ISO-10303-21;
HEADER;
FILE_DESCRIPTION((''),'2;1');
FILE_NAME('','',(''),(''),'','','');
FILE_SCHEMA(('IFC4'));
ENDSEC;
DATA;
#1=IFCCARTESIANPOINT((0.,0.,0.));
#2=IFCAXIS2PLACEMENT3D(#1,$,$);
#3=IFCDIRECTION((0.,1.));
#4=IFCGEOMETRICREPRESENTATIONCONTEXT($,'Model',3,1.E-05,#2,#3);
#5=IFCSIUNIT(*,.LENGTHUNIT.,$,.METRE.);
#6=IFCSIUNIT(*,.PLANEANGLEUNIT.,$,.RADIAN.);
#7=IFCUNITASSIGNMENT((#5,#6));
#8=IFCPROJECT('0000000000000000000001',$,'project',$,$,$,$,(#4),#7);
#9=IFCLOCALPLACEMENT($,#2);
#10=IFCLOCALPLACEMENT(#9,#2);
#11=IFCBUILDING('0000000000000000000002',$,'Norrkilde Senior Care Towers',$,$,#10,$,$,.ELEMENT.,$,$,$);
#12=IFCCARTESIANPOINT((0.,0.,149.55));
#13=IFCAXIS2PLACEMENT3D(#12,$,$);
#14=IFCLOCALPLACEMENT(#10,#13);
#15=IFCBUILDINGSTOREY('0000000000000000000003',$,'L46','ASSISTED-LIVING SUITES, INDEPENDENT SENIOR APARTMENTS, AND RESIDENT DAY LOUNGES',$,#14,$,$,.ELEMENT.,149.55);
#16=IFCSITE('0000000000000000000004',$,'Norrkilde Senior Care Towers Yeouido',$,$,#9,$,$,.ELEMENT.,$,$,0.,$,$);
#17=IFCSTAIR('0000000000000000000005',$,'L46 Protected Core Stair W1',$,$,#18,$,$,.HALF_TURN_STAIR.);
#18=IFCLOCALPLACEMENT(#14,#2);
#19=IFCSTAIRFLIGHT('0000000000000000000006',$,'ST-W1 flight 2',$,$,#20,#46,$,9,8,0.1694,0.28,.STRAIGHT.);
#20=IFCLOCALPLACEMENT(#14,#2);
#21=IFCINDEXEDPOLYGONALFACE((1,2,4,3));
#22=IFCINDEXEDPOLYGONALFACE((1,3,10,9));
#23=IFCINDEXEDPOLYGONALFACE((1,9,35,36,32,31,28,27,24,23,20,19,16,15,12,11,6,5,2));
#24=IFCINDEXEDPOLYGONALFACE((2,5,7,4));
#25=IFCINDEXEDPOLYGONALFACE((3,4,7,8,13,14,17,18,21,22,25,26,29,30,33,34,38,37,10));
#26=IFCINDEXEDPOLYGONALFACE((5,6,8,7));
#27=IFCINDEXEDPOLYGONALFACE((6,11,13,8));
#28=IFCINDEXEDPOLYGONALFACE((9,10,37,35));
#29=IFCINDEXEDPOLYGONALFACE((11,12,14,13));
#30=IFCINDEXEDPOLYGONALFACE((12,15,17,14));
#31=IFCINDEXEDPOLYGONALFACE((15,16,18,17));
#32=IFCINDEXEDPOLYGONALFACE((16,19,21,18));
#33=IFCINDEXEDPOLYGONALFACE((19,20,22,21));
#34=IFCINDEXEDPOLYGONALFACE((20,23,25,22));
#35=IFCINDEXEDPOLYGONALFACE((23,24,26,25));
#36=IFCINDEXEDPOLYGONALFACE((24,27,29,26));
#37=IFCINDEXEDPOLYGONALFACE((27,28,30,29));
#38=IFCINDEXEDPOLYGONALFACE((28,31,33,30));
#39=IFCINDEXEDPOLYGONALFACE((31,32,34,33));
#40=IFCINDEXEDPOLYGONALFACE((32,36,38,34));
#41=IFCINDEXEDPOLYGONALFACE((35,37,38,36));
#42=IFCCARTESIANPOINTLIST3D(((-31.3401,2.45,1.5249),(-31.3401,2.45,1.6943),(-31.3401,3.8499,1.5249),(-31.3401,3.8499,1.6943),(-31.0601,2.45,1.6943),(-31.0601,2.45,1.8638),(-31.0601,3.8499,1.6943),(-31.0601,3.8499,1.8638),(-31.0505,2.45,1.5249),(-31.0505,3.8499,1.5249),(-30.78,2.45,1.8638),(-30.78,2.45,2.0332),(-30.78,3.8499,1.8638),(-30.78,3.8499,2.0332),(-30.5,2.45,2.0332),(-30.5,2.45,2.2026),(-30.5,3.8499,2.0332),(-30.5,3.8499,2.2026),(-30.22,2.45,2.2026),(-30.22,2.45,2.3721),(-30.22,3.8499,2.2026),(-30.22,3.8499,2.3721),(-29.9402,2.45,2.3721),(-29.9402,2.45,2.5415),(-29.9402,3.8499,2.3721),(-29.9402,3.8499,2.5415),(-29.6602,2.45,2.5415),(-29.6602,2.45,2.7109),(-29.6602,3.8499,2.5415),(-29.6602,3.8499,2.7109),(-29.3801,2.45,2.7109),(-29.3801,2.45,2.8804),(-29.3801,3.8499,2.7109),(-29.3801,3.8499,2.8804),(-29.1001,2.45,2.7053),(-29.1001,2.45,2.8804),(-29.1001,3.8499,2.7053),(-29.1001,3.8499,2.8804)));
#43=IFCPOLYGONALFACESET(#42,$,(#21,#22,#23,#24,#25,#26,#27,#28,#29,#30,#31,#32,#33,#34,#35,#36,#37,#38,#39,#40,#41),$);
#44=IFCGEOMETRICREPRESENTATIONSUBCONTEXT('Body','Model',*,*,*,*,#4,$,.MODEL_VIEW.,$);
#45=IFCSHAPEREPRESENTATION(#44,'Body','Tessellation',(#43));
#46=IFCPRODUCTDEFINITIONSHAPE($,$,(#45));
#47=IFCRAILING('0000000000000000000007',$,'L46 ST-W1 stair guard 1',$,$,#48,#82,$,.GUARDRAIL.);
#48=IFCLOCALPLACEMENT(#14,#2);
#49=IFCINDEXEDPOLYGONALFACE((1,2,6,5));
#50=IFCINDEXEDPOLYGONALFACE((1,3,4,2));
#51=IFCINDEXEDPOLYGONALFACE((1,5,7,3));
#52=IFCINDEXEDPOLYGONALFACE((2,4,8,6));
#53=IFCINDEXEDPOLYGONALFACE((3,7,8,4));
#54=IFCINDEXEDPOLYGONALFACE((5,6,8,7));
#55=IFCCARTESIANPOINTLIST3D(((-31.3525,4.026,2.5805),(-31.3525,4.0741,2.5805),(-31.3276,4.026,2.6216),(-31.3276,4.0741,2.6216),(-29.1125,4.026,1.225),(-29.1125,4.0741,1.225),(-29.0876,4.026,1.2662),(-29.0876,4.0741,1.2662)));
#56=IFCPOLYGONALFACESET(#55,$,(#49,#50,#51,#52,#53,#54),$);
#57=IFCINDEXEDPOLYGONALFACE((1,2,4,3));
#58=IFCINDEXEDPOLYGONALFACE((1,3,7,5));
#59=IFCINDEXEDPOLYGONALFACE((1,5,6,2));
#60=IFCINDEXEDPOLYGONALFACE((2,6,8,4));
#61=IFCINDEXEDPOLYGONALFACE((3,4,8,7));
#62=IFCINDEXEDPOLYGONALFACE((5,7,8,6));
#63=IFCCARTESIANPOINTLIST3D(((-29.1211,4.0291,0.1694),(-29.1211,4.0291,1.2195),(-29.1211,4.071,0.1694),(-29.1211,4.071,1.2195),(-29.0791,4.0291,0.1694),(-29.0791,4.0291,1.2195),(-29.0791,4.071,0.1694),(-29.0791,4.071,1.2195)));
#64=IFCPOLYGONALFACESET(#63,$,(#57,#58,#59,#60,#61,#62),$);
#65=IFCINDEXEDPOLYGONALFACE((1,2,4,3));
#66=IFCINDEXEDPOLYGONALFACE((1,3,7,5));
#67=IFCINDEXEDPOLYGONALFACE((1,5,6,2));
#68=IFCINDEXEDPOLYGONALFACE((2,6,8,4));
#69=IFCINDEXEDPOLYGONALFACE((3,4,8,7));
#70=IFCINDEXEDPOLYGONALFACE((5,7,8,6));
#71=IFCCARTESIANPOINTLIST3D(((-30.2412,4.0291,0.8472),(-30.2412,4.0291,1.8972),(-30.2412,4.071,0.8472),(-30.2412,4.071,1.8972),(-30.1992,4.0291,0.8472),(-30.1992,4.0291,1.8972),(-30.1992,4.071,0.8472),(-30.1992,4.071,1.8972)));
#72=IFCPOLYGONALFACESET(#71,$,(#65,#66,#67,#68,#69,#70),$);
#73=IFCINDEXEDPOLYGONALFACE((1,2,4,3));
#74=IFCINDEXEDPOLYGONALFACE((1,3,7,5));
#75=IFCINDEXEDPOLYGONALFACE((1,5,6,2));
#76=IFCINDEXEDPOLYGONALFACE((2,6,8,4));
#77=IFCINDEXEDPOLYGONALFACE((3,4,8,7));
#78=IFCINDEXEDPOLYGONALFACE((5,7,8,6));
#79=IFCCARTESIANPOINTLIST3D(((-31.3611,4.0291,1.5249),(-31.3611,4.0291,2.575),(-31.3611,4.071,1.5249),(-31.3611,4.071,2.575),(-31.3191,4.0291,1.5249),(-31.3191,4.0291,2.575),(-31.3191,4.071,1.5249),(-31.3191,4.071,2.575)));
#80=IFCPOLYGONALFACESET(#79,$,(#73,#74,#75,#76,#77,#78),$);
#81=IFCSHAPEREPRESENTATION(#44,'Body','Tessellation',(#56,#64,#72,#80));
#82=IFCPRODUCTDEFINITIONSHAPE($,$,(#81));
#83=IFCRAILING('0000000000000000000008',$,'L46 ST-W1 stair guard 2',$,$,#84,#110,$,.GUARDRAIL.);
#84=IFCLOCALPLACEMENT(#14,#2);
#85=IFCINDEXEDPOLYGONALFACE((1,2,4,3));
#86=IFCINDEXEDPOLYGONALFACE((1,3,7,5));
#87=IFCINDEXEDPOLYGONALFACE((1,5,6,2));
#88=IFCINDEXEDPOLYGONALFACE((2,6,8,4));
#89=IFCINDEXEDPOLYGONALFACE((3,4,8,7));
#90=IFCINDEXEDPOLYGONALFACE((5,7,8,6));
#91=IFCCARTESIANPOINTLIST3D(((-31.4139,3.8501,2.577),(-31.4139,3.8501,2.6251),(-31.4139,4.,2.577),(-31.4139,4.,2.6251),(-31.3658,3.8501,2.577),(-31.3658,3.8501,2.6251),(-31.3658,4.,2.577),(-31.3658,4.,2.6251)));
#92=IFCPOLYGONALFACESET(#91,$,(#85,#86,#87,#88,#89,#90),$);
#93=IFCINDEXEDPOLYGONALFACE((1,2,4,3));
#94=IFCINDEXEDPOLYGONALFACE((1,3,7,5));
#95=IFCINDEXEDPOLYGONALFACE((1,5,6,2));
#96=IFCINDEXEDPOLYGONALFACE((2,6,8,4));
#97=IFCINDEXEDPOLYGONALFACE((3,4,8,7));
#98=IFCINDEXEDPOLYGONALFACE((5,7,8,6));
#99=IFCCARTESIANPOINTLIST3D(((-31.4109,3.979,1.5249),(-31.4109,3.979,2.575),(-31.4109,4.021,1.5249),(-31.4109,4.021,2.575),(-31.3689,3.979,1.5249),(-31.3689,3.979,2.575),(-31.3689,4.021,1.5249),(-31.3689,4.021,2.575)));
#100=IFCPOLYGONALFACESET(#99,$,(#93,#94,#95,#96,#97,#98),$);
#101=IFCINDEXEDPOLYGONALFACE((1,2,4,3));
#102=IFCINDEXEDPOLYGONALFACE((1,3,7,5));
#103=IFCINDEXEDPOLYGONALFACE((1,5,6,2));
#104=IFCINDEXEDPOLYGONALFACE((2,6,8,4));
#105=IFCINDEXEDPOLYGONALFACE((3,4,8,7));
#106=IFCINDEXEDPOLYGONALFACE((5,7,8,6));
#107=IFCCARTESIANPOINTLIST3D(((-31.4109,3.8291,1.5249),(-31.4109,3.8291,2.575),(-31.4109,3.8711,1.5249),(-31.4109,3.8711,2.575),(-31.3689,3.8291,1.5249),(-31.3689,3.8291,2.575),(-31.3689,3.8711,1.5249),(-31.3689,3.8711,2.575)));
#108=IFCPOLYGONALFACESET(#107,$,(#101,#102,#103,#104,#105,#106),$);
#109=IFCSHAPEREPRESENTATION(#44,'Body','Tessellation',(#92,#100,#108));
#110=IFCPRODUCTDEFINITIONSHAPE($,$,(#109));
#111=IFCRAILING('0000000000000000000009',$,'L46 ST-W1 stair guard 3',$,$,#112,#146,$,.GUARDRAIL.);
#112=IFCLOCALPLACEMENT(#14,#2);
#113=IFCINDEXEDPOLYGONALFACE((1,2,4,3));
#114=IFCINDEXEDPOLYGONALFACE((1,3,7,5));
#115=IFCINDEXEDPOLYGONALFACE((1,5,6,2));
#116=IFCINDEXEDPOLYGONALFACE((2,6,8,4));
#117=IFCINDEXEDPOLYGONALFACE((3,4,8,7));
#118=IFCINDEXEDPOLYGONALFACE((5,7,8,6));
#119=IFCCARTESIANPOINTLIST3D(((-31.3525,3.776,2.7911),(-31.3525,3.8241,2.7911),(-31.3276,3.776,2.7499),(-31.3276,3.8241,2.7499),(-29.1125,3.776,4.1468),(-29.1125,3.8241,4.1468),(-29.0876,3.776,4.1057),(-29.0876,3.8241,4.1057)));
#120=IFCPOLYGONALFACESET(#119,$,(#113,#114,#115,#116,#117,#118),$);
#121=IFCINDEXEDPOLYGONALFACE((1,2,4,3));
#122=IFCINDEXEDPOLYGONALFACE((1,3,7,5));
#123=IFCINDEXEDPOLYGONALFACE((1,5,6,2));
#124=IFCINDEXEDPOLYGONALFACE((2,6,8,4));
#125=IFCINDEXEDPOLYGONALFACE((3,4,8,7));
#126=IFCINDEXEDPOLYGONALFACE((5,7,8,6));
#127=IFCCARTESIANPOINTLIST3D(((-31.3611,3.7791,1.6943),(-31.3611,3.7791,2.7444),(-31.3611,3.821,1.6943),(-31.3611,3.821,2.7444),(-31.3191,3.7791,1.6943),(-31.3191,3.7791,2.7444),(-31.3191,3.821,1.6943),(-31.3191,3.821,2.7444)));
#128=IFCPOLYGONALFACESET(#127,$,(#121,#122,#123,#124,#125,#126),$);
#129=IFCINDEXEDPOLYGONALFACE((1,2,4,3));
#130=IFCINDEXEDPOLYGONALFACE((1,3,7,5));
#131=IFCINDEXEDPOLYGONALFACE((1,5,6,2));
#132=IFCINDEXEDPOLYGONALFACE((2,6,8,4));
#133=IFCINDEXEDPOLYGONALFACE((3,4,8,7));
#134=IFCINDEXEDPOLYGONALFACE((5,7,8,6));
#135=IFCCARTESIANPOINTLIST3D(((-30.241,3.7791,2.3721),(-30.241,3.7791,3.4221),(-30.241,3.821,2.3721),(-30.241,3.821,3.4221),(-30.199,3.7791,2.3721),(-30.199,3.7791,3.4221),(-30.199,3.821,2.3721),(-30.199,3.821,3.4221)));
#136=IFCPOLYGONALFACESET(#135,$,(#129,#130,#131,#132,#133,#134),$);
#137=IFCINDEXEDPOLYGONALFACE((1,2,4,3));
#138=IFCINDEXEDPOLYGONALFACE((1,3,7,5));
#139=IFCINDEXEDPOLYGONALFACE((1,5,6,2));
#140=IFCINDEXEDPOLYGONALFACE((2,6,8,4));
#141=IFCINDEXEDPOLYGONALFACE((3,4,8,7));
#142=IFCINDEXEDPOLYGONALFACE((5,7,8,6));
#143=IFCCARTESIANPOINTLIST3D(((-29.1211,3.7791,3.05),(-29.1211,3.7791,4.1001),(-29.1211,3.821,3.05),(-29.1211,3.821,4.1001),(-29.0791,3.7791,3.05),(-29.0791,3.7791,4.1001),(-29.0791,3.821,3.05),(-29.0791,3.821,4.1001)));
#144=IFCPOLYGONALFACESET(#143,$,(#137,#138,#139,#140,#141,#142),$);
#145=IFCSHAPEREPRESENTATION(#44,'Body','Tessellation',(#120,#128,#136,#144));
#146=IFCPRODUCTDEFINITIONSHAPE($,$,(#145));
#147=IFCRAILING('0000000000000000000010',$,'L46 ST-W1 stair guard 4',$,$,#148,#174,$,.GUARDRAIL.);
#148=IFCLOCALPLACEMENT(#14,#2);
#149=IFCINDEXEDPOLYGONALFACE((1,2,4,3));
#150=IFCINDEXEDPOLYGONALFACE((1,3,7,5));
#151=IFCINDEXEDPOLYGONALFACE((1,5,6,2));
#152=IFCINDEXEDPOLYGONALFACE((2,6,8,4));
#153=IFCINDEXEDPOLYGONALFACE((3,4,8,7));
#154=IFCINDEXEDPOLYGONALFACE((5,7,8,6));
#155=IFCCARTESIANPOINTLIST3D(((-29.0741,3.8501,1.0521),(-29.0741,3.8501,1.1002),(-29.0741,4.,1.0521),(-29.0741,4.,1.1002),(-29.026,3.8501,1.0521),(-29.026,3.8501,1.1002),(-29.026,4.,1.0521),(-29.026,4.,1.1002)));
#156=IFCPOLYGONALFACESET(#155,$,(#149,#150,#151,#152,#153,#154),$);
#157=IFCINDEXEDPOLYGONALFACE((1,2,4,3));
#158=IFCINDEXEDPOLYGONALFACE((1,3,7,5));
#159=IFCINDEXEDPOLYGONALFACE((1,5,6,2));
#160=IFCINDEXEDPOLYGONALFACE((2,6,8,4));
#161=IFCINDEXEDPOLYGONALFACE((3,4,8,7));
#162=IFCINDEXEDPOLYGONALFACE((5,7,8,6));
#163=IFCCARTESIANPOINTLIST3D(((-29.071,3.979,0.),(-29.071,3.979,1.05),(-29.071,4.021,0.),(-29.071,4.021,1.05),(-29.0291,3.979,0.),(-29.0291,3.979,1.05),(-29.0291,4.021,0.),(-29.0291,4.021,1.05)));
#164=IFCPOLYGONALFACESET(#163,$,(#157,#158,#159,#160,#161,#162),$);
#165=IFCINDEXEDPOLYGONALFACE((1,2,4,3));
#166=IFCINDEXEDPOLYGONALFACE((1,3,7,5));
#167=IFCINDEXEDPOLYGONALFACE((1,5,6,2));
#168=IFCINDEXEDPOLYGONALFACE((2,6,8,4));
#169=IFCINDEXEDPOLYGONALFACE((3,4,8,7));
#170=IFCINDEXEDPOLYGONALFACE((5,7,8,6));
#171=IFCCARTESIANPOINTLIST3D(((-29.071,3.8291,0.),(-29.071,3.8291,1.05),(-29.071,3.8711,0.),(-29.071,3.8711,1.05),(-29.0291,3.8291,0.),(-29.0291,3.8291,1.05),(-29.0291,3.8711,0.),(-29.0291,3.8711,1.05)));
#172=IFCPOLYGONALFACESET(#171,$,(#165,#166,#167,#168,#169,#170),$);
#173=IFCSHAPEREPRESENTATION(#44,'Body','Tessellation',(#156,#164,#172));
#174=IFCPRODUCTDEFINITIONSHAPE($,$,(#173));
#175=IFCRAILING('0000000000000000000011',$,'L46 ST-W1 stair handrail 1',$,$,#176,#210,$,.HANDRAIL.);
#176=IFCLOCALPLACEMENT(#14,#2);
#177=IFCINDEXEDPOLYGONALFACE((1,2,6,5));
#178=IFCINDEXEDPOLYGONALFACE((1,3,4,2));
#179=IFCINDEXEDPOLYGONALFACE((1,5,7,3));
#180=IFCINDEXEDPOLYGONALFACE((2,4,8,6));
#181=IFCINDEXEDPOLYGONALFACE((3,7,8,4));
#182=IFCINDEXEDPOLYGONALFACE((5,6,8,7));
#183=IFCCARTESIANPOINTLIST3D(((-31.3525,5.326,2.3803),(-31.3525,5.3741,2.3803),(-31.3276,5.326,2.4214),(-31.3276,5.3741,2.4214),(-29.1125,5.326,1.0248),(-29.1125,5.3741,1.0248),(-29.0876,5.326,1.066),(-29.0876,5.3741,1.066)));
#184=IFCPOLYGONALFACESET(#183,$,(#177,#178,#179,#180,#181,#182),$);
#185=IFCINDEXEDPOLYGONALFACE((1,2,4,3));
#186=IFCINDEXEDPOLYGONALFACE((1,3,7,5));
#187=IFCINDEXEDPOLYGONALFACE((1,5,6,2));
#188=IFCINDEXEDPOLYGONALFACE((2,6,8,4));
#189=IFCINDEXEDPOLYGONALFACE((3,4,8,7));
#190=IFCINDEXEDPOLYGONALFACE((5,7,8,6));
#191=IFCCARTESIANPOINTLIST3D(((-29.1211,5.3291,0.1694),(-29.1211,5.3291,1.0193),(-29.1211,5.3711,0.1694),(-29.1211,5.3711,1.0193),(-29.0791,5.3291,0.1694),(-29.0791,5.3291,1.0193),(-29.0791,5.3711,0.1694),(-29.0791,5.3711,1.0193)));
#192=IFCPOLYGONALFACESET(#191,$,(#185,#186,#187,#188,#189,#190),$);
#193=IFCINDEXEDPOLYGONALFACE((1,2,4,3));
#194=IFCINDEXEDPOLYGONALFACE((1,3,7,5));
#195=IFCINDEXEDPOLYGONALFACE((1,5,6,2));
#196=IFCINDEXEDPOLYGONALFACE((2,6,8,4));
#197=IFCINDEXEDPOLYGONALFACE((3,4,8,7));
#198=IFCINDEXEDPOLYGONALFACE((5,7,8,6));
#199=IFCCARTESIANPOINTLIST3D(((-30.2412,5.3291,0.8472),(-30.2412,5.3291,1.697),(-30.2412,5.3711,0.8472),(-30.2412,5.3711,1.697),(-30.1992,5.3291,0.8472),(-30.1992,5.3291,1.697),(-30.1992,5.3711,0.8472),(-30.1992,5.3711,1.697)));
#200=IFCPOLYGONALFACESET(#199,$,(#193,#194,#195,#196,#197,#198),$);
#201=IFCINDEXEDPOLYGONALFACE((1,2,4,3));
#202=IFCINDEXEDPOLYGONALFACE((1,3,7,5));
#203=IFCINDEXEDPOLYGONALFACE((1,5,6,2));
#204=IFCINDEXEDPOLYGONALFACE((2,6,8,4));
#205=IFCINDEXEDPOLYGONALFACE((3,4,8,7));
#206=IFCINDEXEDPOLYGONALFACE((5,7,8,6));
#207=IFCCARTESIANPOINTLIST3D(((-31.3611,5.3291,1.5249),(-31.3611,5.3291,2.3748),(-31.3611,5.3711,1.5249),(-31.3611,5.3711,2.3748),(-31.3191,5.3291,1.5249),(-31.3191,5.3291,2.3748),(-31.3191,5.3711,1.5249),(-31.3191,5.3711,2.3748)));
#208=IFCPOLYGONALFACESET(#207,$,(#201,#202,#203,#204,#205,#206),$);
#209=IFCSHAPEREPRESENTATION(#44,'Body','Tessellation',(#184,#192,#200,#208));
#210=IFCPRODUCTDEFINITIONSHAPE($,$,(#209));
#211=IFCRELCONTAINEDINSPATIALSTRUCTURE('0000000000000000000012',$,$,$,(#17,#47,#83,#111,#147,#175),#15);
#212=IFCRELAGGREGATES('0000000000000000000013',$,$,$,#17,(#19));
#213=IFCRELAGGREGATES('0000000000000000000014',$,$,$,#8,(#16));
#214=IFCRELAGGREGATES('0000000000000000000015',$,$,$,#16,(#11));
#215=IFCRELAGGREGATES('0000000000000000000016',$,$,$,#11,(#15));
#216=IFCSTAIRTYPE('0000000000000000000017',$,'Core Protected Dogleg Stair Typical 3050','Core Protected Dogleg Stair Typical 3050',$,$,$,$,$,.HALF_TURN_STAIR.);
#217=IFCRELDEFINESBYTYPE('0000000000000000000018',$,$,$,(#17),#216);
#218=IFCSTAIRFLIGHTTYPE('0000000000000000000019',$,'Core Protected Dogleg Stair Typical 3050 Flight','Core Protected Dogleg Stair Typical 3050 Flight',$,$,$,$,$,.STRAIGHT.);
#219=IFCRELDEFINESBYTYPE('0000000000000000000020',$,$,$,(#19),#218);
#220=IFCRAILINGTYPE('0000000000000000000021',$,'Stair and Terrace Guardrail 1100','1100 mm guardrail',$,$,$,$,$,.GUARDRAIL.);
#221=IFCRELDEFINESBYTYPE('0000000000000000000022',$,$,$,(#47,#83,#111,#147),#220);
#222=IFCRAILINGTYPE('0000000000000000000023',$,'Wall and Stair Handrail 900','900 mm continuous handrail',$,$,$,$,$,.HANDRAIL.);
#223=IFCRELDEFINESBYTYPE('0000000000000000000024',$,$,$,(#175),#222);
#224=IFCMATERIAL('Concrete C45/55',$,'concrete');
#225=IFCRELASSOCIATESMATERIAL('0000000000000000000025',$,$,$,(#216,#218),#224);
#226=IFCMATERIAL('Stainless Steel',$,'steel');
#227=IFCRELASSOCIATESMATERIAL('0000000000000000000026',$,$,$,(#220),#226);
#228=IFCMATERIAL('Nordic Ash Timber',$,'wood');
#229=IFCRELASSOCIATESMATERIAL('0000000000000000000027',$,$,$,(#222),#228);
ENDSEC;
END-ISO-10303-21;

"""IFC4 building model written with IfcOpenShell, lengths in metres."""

from ifc_helpers import new_model, si_unit, direction, frame, origin, origin_2d, place, context, subcontext, project, spatial, polyline, rectangle, outline, extrude, material, type_object, element, aggregate, save


model = new_model("IFC4")

# Units and contexts
model_context = context("Model", 3, precision=1e-05, world=origin(), true_north=direction((0.0, 1.0)))
body_context = subcontext(model_context, "Body", "Model", "MODEL_VIEW")
ifc_project = project(units=[si_unit("LENGTHUNIT", "METRE"), si_unit("PLANEANGLEUNIT", "RADIAN")], contexts=[model_context])

# Site, building, storey
site_placement = place(None, origin())
site = spatial("IfcSite", under=ifc_project, at=site_placement, Name="Norrkilde Senior Care Towers Yeouido", CompositionType="ELEMENT", RefElevation=0.0)
building_placement = place(site_placement, origin())
building = spatial("IfcBuilding", under=site, at=building_placement, Name="Norrkilde Senior Care Towers", CompositionType="ELEMENT")
storey_placement = place(building_placement, frame((0.0, 0.0, 149.55)))
storey = spatial("IfcBuildingStorey", under=building, at=storey_placement, Name="L46", Description="ASSISTED-LIVING SUITES, INDEPENDENT SENIOR APARTMENTS, AND RESIDENT DAY LOUNGES", CompositionType="ELEMENT", Elevation=149.55)

# Shared definitions
ifc_material_1 = material(Name="Concrete C45/55", Category="concrete")

# Stair, stair flight
stair_type = type_object("IfcStairType", Name="Core Protected Dogleg Stair Typical 3050", Description="Core Protected Dogleg Stair Typical 3050", PredefinedType="HALF_TURN_STAIR", material=ifc_material_1)
stair_placement = place(storey_placement, origin())
stair = element("IfcStair", 1, at=stair_placement, inside=storey, type_object=stair_type, Name="L46 Protected Core Stair W1", PredefinedType="HALF_TURN_STAIR")
stair_flight_type = type_object("IfcStairFlightType", Name="Core Protected Dogleg Stair Typical 3050 Flight", Description="Core Protected Dogleg Stair Typical 3050 Flight", PredefinedType="STRAIGHT", material=ifc_material_1)
stair_flight_1_placement = place(storey_placement, frame((-31.3401, 3.1499, 1.5249), z_axis=(0.0, 0.0, 1.0), x_axis=(1.0, 0.0, 0.0)))
stair_flight_1 = element("IfcStairFlight", 2, at=stair_flight_1_placement, type_object=stair_flight_type, Name="ST-W1 flight 2", NumberOfRisers=9, NumberOfTreads=8, PredefinedType="STRAIGHT", RiserHeight=0.1694, TreadLength=0.28, context=body_context, shape_type="SweptSolid", body=[
    extrude(outline(polyline([(0.0, 0.0), (0.0, 0.1694), (0.28, 0.1694), (0.28, 0.3389), (0.5601, 0.3389), (0.5601, 0.5083), (0.8401, 0.5083), (0.8401, 0.6777), (1.1201, 0.6777), (1.1201, 0.8472), (1.3999, 0.8472), (1.3999, 1.0166), (1.6799, 1.0166), (1.6799, 1.186), (1.96, 1.186), (1.96, 1.3555), (2.24, 1.3555), (2.24, 1.5249), (2.24, 1.1804), (0.2896, 0.0), (0.0, 0.0)])), frame((0.0, 0.7, 0.0), z_axis=(0.0, -1.0, 0.0), x_axis=(1.0, 0.0, 0.0)), (0.0, 0.0, 1.0), 1.3999),
])
aggregate(stair, [stair_flight_1])

# Railings
ifc_material_2 = material(Name="Stainless Steel", Category="steel")
railing_type_1 = type_object("IfcRailingType", Name="Stair and Terrace Guardrail 1100", Description="1100 mm guardrail", PredefinedType="GUARDRAIL", material=ifc_material_2)
railing_1_placement = place(storey_placement, frame((-29.1001, 4.05, 0.1694)))
element("IfcRailing", 3, at=railing_1_placement, inside=storey, type_object=railing_type_1, Name="L46 ST-W1 stair guard 1", PredefinedType="GUARDRAIL", context=body_context, shape_type="SweptSolid", body=[
    extrude(rectangle(XDim=0.0481, YDim=0.0481, at=origin_2d()), frame((0.0, 0.0, 1.0762), z_axis=(-0.855553, 0.0, 0.517715), x_axis=(0.0, -1.0, 0.0)), (0.0, 0.0, 1.0), 2.6182),
    extrude(rectangle(XDim=0.042, YDim=0.042, at=origin_2d()), origin(), (0.0, 0.0, 1.0), 1.05),
    extrude(rectangle(XDim=0.042, YDim=0.042, at=origin_2d()), frame((-1.1201, 0.0, 0.6777)), (0.0, 0.0, 1.0), 1.05),
    extrude(rectangle(XDim=0.042, YDim=0.042, at=origin_2d()), frame((-2.24, 0.0, 1.3555)), (0.0, 0.0, 1.0), 1.05),
])
railing_2_placement = place(storey_placement, frame((-31.3899, 4.0, 1.5249)))
element("IfcRailing", 4, at=railing_2_placement, inside=storey, type_object=railing_type_1, Name="L46 ST-W1 stair guard 2", PredefinedType="GUARDRAIL", context=body_context, shape_type="SweptSolid", body=[
    extrude(rectangle(XDim=0.0481, YDim=0.0481, at=origin_2d()), frame((0.0, 0.0, 1.0762), z_axis=(0.0, -1.0, 0.0), x_axis=(1.0, 0.0, 0.0)), (0.0, 0.0, 1.0), 0.1499),
    extrude(rectangle(XDim=0.042, YDim=0.042, at=origin_2d()), origin(), (0.0, 0.0, 1.0), 1.05),
    extrude(rectangle(XDim=0.042, YDim=0.042, at=origin_2d()), frame((0.0, -0.1499, 0.0)), (0.0, 0.0, 1.0), 1.05),
])
railing_3_placement = place(storey_placement, frame((-31.3401, 3.8, 1.6943)))
element("IfcRailing", 5, at=railing_3_placement, inside=storey, type_object=railing_type_1, Name="L46 ST-W1 stair guard 3", PredefinedType="GUARDRAIL", context=body_context, shape_type="SweptSolid", body=[
    extrude(rectangle(XDim=0.0481, YDim=0.0481, at=origin_2d()), frame((0.0, 0.0, 1.0762), z_axis=(0.855512, 0.0, 0.517783), x_axis=(0.0, 1.0, 0.0)), (0.0, 0.0, 1.0), 2.6184),
    extrude(rectangle(XDim=0.042, YDim=0.042, at=origin_2d()), origin(), (0.0, 0.0, 1.0), 1.05),
    extrude(rectangle(XDim=0.042, YDim=0.042, at=origin_2d()), frame((1.1201, 0.0, 0.6777)), (0.0, 0.0, 1.0), 1.05),
    extrude(rectangle(XDim=0.042, YDim=0.042, at=origin_2d()), frame((2.24, 0.0, 1.3557)), (0.0, 0.0, 1.0), 1.05),
])
railing_4_placement = place(storey_placement, frame((-29.05, 4.0, 0.0)))
element("IfcRailing", 6, at=railing_4_placement, inside=storey, type_object=railing_type_1, Name="L46 ST-W1 stair guard 4", PredefinedType="GUARDRAIL", context=body_context, shape_type="SweptSolid", body=[
    extrude(rectangle(XDim=0.0481, YDim=0.0481, at=origin_2d()), frame((0.0, 0.0, 1.0762), z_axis=(0.0, -1.0, 0.0), x_axis=(1.0, 0.0, 0.0)), (0.0, 0.0, 1.0), 0.1499),
    extrude(rectangle(XDim=0.042, YDim=0.042, at=origin_2d()), origin(), (0.0, 0.0, 1.0), 1.05),
    extrude(rectangle(XDim=0.042, YDim=0.042, at=origin_2d()), frame((0.0, -0.1499, 0.0)), (0.0, 0.0, 1.0), 1.05),
])
ifc_material_3 = material(Name="Nordic Ash Timber", Category="wood")
railing_type_2 = type_object("IfcRailingType", Name="Wall and Stair Handrail 900", Description="900 mm continuous handrail", PredefinedType="HANDRAIL", material=ifc_material_3)
railing_5_placement = place(storey_placement, frame((-29.1001, 5.3501, 0.1694)))
element("IfcRailing", 7, at=railing_5_placement, inside=storey, type_object=railing_type_2, Name="L46 ST-W1 stair handrail 1", PredefinedType="HANDRAIL", context=body_context, shape_type="SweptSolid", body=[
    extrude(rectangle(XDim=0.0481, YDim=0.0481, at=origin_2d()), frame((0.0, 0.0, 0.876), z_axis=(-0.855553, 0.0, 0.517715), x_axis=(0.0, -1.0, 0.0)), (0.0, 0.0, 1.0), 2.6182),
    extrude(rectangle(XDim=0.042, YDim=0.042, at=origin_2d()), origin(), (0.0, 0.0, 1.0), 0.8499),
    extrude(rectangle(XDim=0.042, YDim=0.042, at=origin_2d()), frame((-1.1201, 0.0, 0.6777)), (0.0, 0.0, 1.0), 0.8499),
    extrude(rectangle(XDim=0.042, YDim=0.042, at=origin_2d()), frame((-2.24, 0.0, 1.3555)), (0.0, 0.0, 1.0), 0.8499),
])

save(model, "model.ifc")
